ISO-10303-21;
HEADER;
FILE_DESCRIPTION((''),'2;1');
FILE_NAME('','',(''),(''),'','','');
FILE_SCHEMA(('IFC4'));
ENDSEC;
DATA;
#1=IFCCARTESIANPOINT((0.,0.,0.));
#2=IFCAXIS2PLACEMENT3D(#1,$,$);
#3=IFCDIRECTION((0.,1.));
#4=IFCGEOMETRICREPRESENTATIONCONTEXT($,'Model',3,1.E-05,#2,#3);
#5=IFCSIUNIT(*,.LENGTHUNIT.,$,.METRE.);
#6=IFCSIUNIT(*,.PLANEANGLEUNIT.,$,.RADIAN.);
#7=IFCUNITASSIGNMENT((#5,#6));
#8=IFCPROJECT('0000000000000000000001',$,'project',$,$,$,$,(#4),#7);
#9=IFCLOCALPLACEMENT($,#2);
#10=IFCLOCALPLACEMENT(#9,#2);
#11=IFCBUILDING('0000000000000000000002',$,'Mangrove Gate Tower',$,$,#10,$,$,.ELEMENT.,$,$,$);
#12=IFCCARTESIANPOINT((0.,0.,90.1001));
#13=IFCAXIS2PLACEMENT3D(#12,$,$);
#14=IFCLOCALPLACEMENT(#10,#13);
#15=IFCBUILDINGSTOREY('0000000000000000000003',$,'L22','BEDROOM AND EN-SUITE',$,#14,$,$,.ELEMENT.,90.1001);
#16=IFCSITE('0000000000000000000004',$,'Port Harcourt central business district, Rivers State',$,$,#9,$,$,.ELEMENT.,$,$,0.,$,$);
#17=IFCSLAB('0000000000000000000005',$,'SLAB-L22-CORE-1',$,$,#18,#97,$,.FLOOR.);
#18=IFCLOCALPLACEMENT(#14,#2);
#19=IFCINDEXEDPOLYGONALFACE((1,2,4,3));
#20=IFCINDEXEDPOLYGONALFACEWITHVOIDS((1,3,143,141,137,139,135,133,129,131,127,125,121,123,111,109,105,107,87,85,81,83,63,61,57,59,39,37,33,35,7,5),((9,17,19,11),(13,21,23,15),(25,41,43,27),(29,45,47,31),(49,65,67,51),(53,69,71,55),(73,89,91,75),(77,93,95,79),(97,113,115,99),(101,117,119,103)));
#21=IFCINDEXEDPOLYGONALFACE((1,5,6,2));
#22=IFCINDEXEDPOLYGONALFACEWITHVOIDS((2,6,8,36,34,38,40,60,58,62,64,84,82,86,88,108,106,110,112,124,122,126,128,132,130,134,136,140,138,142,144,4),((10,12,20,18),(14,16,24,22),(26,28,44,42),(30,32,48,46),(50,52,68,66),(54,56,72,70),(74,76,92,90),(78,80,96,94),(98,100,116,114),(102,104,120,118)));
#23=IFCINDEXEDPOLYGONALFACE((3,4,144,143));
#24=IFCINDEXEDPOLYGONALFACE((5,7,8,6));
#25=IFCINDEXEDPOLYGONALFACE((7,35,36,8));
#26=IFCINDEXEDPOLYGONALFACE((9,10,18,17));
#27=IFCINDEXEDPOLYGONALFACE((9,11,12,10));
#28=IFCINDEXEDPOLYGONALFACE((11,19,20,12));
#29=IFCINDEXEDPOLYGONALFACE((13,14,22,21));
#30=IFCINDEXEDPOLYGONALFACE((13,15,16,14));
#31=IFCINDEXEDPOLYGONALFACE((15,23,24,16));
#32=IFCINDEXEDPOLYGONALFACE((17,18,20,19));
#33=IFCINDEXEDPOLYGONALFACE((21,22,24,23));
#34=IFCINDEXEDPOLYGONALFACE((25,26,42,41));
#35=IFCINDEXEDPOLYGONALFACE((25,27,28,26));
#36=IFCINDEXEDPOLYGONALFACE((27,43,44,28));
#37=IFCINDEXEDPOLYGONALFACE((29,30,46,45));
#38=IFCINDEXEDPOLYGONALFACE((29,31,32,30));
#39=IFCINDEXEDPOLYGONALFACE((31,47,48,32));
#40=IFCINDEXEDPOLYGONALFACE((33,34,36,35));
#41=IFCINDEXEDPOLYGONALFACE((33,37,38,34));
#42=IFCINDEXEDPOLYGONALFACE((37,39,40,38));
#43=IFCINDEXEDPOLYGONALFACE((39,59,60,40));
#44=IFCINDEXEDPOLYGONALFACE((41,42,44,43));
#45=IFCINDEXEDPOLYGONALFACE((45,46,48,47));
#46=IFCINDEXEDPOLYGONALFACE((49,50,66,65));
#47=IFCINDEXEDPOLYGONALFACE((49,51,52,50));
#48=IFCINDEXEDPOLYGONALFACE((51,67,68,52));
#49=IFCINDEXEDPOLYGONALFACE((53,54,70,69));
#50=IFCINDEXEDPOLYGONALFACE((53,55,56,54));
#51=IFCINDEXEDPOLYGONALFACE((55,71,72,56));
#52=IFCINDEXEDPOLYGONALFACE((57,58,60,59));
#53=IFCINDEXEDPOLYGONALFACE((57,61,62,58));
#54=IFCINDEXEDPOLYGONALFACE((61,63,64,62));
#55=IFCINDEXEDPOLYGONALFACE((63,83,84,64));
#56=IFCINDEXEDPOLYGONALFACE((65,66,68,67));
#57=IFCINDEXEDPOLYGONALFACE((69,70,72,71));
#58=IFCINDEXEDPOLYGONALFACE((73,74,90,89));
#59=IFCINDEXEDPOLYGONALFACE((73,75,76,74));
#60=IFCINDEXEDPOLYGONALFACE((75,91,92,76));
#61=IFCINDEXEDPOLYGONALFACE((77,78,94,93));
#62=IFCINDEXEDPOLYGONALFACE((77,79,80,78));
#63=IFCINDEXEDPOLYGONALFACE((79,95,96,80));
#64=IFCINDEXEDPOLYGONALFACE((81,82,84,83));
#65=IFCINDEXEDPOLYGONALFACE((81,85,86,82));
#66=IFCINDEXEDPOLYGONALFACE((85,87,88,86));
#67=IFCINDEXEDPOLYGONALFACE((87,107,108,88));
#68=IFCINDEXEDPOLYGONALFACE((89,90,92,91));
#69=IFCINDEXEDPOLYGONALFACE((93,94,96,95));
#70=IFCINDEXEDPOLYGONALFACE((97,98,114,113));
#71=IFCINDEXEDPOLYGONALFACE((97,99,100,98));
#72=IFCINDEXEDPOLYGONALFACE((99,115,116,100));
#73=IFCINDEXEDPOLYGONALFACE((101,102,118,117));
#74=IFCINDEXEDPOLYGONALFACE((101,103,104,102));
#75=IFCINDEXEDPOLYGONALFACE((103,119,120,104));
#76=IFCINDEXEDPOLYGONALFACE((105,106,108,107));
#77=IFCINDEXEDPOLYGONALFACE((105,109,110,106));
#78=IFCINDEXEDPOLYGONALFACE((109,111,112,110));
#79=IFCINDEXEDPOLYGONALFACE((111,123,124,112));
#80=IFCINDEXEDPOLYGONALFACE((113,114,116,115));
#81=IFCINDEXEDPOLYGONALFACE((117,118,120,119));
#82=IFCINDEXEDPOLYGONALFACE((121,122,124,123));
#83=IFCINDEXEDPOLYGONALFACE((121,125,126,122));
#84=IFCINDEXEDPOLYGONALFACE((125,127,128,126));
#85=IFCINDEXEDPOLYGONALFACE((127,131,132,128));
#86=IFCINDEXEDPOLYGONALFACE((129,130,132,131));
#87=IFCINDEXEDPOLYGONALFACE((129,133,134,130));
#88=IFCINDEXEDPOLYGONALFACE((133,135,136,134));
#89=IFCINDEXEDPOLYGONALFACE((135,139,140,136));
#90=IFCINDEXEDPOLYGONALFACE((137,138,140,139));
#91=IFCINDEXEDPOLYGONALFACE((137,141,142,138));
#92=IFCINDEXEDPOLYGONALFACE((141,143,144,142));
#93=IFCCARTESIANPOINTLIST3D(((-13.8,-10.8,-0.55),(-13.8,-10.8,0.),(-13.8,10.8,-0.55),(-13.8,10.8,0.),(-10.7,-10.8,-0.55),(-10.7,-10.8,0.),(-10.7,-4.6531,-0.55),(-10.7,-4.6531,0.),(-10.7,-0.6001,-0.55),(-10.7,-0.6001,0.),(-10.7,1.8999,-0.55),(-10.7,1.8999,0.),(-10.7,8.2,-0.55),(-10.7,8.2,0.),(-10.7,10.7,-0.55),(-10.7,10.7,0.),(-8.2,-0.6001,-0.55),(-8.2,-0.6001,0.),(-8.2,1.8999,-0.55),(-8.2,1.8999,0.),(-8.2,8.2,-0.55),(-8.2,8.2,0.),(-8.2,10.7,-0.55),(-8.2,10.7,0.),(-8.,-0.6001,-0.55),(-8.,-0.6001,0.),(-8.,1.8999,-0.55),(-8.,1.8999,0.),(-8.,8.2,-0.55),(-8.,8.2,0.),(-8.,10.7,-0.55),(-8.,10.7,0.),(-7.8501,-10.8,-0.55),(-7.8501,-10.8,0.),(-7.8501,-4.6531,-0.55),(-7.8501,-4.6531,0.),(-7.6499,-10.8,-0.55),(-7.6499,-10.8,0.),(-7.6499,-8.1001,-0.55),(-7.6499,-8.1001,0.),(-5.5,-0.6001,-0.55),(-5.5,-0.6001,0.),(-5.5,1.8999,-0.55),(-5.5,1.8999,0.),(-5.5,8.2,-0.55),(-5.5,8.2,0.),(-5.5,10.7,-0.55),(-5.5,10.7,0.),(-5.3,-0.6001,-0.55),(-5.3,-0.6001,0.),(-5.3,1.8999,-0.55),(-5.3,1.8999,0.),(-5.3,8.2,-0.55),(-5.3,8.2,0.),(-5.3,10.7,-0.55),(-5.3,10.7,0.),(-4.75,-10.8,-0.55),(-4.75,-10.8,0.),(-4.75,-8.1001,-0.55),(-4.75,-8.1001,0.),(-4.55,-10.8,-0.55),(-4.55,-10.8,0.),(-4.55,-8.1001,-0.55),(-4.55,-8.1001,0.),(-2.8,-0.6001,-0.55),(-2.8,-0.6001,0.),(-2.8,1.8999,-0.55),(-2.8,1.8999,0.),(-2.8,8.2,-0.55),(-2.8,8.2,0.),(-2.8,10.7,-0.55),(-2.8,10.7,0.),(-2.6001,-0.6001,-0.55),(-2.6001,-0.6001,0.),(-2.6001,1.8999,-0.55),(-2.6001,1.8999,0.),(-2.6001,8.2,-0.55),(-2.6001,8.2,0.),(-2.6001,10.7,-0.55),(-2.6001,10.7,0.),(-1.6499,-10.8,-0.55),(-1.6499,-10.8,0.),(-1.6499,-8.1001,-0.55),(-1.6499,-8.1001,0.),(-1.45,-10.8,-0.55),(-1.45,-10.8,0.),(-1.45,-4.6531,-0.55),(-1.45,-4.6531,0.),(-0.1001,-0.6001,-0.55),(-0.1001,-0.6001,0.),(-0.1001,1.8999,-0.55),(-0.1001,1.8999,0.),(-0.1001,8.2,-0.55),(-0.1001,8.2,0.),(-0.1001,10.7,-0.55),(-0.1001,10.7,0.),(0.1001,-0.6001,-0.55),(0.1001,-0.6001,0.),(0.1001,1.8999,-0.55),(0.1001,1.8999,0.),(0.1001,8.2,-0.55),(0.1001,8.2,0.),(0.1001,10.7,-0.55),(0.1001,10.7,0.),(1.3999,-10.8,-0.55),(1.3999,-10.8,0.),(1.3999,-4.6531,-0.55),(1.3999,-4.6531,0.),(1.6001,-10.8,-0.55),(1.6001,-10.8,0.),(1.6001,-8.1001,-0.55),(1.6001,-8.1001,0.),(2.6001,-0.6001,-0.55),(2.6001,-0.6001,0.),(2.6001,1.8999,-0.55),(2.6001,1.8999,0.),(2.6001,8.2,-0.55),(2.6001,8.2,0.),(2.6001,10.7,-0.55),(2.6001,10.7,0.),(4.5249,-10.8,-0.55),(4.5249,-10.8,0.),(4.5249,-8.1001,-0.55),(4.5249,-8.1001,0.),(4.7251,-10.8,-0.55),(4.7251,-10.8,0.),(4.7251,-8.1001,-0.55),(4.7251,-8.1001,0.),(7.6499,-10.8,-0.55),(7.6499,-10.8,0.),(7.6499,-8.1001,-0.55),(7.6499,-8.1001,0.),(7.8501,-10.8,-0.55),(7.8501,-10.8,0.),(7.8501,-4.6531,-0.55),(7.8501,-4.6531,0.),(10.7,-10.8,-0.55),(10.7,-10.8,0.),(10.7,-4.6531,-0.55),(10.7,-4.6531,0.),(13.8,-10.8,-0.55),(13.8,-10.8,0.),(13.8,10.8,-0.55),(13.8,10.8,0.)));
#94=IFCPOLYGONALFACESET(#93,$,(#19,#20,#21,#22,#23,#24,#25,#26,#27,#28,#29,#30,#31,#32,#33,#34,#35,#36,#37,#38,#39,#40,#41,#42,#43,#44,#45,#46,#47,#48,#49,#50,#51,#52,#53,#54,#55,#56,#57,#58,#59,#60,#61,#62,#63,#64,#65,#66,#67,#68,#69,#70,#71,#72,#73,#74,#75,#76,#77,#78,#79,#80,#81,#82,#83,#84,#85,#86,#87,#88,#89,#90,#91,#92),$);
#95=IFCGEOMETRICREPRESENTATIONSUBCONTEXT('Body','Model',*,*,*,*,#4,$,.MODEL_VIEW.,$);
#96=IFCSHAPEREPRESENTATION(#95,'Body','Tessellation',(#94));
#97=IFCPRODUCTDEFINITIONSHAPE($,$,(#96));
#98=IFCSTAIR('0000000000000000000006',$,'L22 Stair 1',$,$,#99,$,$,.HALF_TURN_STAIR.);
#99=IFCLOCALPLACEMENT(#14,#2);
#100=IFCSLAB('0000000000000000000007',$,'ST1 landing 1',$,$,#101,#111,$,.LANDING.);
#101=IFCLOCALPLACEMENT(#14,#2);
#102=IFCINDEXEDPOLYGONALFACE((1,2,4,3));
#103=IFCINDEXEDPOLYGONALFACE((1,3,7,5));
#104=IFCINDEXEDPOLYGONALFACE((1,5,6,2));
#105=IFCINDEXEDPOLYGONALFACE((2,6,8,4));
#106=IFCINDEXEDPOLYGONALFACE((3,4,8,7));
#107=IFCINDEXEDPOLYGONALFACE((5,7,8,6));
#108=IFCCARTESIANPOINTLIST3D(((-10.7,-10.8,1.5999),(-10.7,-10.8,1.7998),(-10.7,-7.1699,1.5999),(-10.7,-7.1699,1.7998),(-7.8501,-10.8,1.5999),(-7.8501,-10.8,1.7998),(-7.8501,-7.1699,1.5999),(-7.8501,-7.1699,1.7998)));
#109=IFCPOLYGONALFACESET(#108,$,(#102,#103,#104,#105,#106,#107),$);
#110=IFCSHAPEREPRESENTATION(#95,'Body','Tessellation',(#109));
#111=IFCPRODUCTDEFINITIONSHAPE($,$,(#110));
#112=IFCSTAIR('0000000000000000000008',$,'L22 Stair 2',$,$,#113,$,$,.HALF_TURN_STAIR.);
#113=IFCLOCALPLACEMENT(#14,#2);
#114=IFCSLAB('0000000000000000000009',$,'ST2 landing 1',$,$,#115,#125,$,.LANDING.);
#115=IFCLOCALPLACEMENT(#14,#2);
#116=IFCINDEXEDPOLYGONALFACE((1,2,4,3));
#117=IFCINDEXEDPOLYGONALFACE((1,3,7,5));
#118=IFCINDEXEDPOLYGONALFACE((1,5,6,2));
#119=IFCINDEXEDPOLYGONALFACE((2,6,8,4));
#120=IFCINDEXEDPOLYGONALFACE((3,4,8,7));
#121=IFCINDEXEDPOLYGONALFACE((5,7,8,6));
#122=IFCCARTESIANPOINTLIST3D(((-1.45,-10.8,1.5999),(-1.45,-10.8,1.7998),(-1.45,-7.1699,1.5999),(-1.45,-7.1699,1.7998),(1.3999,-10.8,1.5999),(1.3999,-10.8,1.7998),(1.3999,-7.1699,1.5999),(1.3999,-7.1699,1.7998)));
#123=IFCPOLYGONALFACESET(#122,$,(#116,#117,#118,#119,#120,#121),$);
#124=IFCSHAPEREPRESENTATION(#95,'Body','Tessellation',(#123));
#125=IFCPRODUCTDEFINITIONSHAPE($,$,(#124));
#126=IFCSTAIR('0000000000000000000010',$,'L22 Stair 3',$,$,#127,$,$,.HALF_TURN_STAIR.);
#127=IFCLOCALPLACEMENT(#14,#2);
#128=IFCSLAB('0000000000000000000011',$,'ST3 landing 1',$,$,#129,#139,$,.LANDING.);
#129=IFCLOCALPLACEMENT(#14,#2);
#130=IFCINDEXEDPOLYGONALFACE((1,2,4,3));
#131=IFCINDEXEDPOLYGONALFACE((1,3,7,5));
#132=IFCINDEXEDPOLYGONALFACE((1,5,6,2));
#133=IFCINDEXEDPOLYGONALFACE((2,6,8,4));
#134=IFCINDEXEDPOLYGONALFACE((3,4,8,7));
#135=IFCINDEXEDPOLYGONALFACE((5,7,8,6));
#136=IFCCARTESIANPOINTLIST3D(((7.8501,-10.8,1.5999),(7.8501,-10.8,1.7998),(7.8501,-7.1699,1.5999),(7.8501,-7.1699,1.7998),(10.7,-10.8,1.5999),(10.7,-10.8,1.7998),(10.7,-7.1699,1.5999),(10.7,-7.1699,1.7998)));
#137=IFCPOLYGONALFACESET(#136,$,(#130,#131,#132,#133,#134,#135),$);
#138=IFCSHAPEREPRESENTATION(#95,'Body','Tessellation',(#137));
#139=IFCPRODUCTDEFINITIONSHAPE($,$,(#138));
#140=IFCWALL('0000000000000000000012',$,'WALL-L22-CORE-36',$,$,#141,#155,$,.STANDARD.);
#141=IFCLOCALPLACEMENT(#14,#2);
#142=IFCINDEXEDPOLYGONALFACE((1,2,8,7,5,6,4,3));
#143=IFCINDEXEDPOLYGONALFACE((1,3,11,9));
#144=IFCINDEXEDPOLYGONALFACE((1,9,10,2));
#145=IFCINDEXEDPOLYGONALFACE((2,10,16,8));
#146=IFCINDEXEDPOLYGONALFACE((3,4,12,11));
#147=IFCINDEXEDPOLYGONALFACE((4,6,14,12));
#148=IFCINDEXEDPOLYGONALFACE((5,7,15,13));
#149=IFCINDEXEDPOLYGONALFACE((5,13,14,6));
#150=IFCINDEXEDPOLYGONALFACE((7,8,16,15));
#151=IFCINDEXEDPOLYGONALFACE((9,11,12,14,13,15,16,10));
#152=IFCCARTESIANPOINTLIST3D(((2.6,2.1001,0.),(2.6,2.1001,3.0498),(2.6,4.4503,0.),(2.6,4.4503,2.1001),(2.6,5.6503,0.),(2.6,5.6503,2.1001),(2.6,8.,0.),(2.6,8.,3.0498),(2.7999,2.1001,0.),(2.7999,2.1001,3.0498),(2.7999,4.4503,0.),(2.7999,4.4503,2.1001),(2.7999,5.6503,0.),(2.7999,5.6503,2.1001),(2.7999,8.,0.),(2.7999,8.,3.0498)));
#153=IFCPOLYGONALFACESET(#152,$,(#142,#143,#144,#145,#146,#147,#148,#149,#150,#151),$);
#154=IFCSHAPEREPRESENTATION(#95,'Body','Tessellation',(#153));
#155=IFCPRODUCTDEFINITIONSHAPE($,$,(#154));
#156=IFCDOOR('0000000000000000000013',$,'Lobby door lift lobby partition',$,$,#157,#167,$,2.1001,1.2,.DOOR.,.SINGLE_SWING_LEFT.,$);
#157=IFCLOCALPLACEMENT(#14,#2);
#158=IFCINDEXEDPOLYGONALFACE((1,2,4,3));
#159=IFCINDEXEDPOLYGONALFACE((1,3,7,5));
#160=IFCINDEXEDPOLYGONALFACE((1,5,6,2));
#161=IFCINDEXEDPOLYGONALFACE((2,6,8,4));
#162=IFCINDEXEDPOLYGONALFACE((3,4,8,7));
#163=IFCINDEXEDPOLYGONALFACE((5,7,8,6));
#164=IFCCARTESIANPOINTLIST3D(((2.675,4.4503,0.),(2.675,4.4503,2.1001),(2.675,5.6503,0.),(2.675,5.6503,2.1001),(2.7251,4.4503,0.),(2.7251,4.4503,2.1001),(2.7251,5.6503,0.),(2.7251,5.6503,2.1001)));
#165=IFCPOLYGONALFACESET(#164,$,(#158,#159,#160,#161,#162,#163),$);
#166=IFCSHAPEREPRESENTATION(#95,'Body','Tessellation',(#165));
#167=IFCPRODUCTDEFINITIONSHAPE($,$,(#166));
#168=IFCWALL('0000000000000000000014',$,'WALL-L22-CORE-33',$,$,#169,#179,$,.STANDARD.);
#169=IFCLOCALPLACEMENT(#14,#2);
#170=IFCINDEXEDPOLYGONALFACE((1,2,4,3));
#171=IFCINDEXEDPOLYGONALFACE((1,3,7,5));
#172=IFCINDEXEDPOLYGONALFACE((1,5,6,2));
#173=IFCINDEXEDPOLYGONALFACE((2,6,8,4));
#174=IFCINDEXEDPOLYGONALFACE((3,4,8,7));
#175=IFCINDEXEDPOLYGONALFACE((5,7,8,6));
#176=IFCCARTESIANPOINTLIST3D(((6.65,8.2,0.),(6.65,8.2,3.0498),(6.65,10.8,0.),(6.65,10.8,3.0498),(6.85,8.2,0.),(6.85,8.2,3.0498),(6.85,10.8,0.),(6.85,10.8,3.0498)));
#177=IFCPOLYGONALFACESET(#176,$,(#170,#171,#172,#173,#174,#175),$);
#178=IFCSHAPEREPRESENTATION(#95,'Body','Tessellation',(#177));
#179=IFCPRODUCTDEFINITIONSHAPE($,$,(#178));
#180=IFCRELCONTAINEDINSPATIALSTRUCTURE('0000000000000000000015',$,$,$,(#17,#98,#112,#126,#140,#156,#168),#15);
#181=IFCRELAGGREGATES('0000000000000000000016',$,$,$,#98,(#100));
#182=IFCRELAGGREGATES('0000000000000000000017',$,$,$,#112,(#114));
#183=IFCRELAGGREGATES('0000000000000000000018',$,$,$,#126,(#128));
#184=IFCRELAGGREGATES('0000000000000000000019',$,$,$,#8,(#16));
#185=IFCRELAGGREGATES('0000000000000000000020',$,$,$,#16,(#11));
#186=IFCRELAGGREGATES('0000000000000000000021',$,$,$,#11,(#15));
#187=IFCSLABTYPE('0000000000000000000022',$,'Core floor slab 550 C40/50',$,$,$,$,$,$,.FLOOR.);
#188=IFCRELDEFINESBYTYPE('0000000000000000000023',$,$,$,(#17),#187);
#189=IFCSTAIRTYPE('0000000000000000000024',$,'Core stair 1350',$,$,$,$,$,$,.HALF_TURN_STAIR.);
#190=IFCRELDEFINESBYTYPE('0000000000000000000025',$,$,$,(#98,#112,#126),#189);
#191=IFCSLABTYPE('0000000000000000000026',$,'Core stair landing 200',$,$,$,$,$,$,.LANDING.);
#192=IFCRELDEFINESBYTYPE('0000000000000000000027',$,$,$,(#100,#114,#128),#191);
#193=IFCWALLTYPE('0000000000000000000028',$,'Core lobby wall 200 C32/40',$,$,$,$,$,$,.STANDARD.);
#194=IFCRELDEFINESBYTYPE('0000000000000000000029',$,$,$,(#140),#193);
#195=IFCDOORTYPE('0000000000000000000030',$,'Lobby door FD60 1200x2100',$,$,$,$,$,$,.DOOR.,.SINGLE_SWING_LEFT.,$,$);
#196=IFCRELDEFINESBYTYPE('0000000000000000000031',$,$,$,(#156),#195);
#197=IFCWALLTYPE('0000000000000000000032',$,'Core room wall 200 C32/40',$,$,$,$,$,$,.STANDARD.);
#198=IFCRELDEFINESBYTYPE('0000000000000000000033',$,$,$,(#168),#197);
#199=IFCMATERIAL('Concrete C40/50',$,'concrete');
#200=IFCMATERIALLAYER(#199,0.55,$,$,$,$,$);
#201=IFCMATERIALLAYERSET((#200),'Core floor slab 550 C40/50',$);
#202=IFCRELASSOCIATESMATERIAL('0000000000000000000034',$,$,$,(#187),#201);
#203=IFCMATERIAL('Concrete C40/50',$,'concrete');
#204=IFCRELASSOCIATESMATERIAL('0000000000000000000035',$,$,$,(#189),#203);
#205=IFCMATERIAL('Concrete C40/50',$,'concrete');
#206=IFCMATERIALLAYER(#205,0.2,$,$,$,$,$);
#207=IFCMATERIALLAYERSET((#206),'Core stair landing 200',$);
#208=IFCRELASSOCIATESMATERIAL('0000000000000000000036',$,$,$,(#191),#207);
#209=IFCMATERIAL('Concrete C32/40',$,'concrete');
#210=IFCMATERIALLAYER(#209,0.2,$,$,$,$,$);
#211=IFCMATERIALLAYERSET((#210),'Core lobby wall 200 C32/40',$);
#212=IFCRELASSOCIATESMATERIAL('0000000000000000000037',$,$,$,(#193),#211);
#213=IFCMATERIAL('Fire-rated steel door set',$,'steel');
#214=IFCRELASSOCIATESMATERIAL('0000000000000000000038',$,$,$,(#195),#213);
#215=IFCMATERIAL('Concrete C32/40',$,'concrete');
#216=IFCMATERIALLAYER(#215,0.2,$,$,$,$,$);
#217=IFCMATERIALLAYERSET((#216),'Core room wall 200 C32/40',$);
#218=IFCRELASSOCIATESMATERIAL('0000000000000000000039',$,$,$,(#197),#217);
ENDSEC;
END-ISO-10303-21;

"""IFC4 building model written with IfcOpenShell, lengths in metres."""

from ifc_helpers import new_model, si_unit, direction, frame, frame_2d, origin, place, context, subcontext, project, spatial, polyline, rectangle, outline, extrude, material, layer, layer_set, type_object, element, fill, aggregate, save


model = new_model("IFC4")

# Units and contexts
model_context = context("Model", 3, precision=1e-05, world=origin(), true_north=direction((0.0, 1.0)))
body_context = subcontext(model_context, "Body", "Model", "MODEL_VIEW")
ifc_project = project(units=[si_unit("LENGTHUNIT", "METRE"), si_unit("PLANEANGLEUNIT", "RADIAN")], contexts=[model_context])

# Site, building, storey
site_placement = place(None, origin())
site = spatial("IfcSite", under=ifc_project, at=site_placement, Name="Port Harcourt central business district, Rivers State", CompositionType="ELEMENT", RefElevation=0.0)
building_placement = place(site_placement, origin())
building = spatial("IfcBuilding", under=site, at=building_placement, Name="Mangrove Gate Tower", CompositionType="ELEMENT")
storey_placement = place(building_placement, frame((0.0, 0.0, 90.1001)))
storey = spatial("IfcBuildingStorey", under=building, at=storey_placement, Name="L22", Description="BEDROOM AND EN-SUITE", CompositionType="ELEMENT", Elevation=90.1001)

# Slab
ifc_material_1 = material(Name="Concrete C40/50", Category="concrete")
ifc_layer_1 = layer(ifc_material_1, 0.55)
ifc_layer_set_1 = layer_set([ifc_layer_1], Name="Core floor slab 550 C40/50")
slab_type_1 = type_object("IfcSlabType", Name="Core floor slab 550 C40/50", PredefinedType="FLOOR", material=ifc_layer_set_1)
slab_1_placement = place(storey_placement, frame((0.0, 0.0, -0.55)))
element("IfcSlab", 1, at=slab_1_placement, inside=storey, type_object=slab_type_1, Name="SLAB-L22-CORE-1", PredefinedType="FLOOR", context=body_context, shape_type="SweptSolid", body=[
    extrude(outline(polyline([(-13.8, -10.8), (-13.8, 10.8), (13.8, 10.8), (13.8, -10.8), (10.7, -10.8), (10.7, -4.6531), (7.8501, -4.6531), (7.8501, -10.8), (7.6499, -10.8), (7.6499, -8.1001), (4.7251, -8.1001), (4.7251, -10.8), (4.5249, -10.8), (4.5249, -8.1001), (1.6001, -8.1001), (1.6001, -10.8), (1.3999, -10.8), (1.3999, -4.6531), (-1.45, -4.6531), (-1.45, -10.8), (-1.6499, -10.8), (-1.6499, -8.1001), (-4.55, -8.1001), (-4.55, -10.8), (-4.75, -10.8), (-4.75, -8.1001), (-7.6499, -8.1001), (-7.6499, -10.8), (-7.8501, -10.8), (-7.8501, -4.6531), (-10.7, -4.6531), (-10.7, -10.8), (-13.8, -10.8)]), holes=[polyline([(-8.2, -0.6001), (-8.2, 1.8999), (-10.7, 1.8999), (-10.7, -0.6001), (-8.2, -0.6001)]), polyline([(-5.5, -0.6001), (-5.5, 1.8999), (-8.0, 1.8999), (-8.0, -0.6001), (-5.5, -0.6001)]), polyline([(-2.8, -0.6001), (-2.8, 1.8999), (-5.3, 1.8999), (-5.3, -0.6001), (-2.8, -0.6001)]), polyline([(-8.2, 8.2), (-8.2, 10.7), (-10.7, 10.7), (-10.7, 8.2), (-8.2, 8.2)]), polyline([(-5.5, 8.2), (-5.5, 10.7), (-8.0, 10.7), (-8.0, 8.2), (-5.5, 8.2)]), polyline([(-2.8, 8.2), (-2.8, 10.7), (-5.3, 10.7), (-5.3, 8.2), (-2.8, 8.2)]), polyline([(-0.1001, -0.6001), (-0.1001, 1.8999), (-2.6001, 1.8999), (-2.6001, -0.6001), (-0.1001, -0.6001)]), polyline([(2.6001, -0.6001), (2.6001, 1.8999), (0.1001, 1.8999), (0.1001, -0.6001), (2.6001, -0.6001)]), polyline([(-2.6001, 8.2), (-0.1001, 8.2), (-0.1001, 10.7), (-2.6001, 10.7), (-2.6001, 8.2)]), polyline([(0.1001, 8.2), (2.6001, 8.2), (2.6001, 10.7), (0.1001, 10.7), (0.1001, 8.2)])]), origin(), (0.0, 0.0, 1.0), 0.55),
])

# Stairs, slabs
ifc_material_2 = material(Name="Concrete C40/50", Category="concrete")
stair_type = type_object("IfcStairType", Name="Core stair 1350", PredefinedType="HALF_TURN_STAIR", material=ifc_material_2)
stair_1_placement = place(storey_placement, origin())
stair_1 = element("IfcStair", 2, at=stair_1_placement, inside=storey, type_object=stair_type, Name="L22 Stair 1", PredefinedType="HALF_TURN_STAIR")
ifc_material_3 = material(Name="Concrete C40/50", Category="concrete")
ifc_layer_2 = layer(ifc_material_3, 0.2)
ifc_layer_set_2 = layer_set([ifc_layer_2], Name="Core stair landing 200")
slab_type_2 = type_object("IfcSlabType", Name="Core stair landing 200", PredefinedType="LANDING", material=ifc_layer_set_2)
slab_2_placement = place(storey_placement, frame((0.0, 0.0, 1.5999)))
slab_2 = element("IfcSlab", 3, at=slab_2_placement, type_object=slab_type_2, Name="ST1 landing 1", PredefinedType="LANDING", context=body_context, shape_type="SweptSolid", body=[
    extrude(outline(polyline([(-10.7, -7.1699), (-10.7, -10.8), (-7.8501, -10.8), (-7.8501, -7.1699), (-10.7, -7.1699)])), origin(), (0.0, 0.0, 1.0), 0.2),
])
aggregate(stair_1, [slab_2])
stair_2_placement = place(storey_placement, origin())
stair_2 = element("IfcStair", 4, at=stair_2_placement, inside=storey, type_object=stair_type, Name="L22 Stair 2", PredefinedType="HALF_TURN_STAIR")
slab_3_placement = place(storey_placement, frame((0.0, 0.0, 1.5999)))
slab_3 = element("IfcSlab", 5, at=slab_3_placement, type_object=slab_type_2, Name="ST2 landing 1", PredefinedType="LANDING", context=body_context, shape_type="SweptSolid", body=[
    extrude(outline(polyline([(-1.45, -7.1699), (-1.45, -10.8), (1.3999, -10.8), (1.3999, -7.1699), (-1.45, -7.1699)])), origin(), (0.0, 0.0, 1.0), 0.2),
])
aggregate(stair_2, [slab_3])
stair_3_placement = place(storey_placement, origin())
stair_3 = element("IfcStair", 6, at=stair_3_placement, inside=storey, type_object=stair_type, Name="L22 Stair 3", PredefinedType="HALF_TURN_STAIR")
slab_4_placement = place(storey_placement, frame((0.0, 0.0, 1.5999)))
slab_4 = element("IfcSlab", 7, at=slab_4_placement, type_object=slab_type_2, Name="ST3 landing 1", PredefinedType="LANDING", context=body_context, shape_type="SweptSolid", body=[
    extrude(outline(polyline([(7.8501, -7.1699), (7.8501, -10.8), (10.7, -10.8), (10.7, -7.1699), (7.8501, -7.1699)])), origin(), (0.0, 0.0, 1.0), 0.2),
])
aggregate(stair_3, [slab_4])

# Wall, opening, door
ifc_material_4 = material(Name="Concrete C32/40", Category="concrete")
ifc_layer_3 = layer(ifc_material_4, 0.2)
ifc_layer_set_3 = layer_set([ifc_layer_3], Name="Core lobby wall 200 C32/40")
wall_type_1 = type_object("IfcWallType", Name="Core lobby wall 200 C32/40", PredefinedType="STANDARD", material=ifc_layer_set_3)
wall_1_placement = place(storey_placement, frame((2.7, 2.1001, 0.0), z_axis=(0.0, 0.0, 1.0), x_axis=(0.0, 1.0, 0.0)))
wall_1 = element("IfcWall", 8, at=wall_1_placement, inside=storey, type_object=wall_type_1, Name="WALL-L22-CORE-36", PredefinedType="STANDARD", context=body_context, shape_type="SweptSolid", body=[
    extrude(rectangle(XDim=5.8999, YDim=0.2, at=frame_2d((2.95, 0.0))), origin(), (0.0, 0.0, 1.0), 3.0498),
])
opening_1_placement = place(wall_1_placement, frame((2.3501, 0.0, 0.0)))
opening_1 = element("IfcOpeningElement", 9, at=opening_1_placement, cuts=wall_1, PredefinedType="OPENING", context=body_context, shape_type="SweptSolid", body=[
    extrude(rectangle(XDim=1.2, YDim=2.1001, at=frame_2d((0.6001, 1.05))), frame((0.0, 0.1099, 0.0), z_axis=(0.0, -1.0, 0.0), x_axis=(1.0, 0.0, 0.0)), (0.0, 0.0, 1.0), 0.22),
])
ifc_material_5 = material(Name="Fire-rated steel door set", Category="steel")
door_type_1 = type_object("IfcDoorType", Name="Lobby door FD60 1200x2100", OperationType="SINGLE_SWING_LEFT", PredefinedType="DOOR", material=ifc_material_5)
door_1_placement = place(opening_1_placement, origin())
door_1 = element("IfcDoor", 10, at=door_1_placement, inside=storey, type_object=door_type_1, Name="Lobby door lift lobby partition", OperationType="SINGLE_SWING_LEFT", OverallHeight=2.1001, OverallWidth=1.2, PredefinedType="DOOR", context=body_context, shape_type="SweptSolid", body=[
    extrude(rectangle(XDim=1.2, YDim=2.1001, at=frame_2d((0.6001, 1.05))), frame((0.0, 0.0249, 0.0), z_axis=(0.0, -1.0, 0.0), x_axis=(1.0, 0.0, 0.0)), (0.0, 0.0, 1.0), 0.05),
])
fill(opening_1, door_1)

# Wall
ifc_material_6 = material(Name="Concrete C32/40", Category="concrete")
ifc_layer_4 = layer(ifc_material_6, 0.2)
ifc_layer_set_4 = layer_set([ifc_layer_4], Name="Core room wall 200 C32/40")
wall_type_2 = type_object("IfcWallType", Name="Core room wall 200 C32/40", PredefinedType="STANDARD", material=ifc_layer_set_4)
for number, where, z_axis, x_axis, name in (
    (11, (6.75, 8.2, 0.0), (0.0, 0.0, 1.0), (0.0, 1.0, 0.0), "WALL-L22-CORE-33"),
):
    element("IfcWall", number, at=place(storey_placement, frame(where, z_axis=z_axis, x_axis=x_axis)), inside=storey, type_object=wall_type_2, Name=name, PredefinedType="STANDARD", context=body_context, shape_type="SweptSolid", body=[
        extrude(rectangle(XDim=2.6001, YDim=0.2, at=frame_2d((1.3, 0.0))), origin(), (0.0, 0.0, 1.0), 3.0498),
    ])

save(model, "model.ifc")
